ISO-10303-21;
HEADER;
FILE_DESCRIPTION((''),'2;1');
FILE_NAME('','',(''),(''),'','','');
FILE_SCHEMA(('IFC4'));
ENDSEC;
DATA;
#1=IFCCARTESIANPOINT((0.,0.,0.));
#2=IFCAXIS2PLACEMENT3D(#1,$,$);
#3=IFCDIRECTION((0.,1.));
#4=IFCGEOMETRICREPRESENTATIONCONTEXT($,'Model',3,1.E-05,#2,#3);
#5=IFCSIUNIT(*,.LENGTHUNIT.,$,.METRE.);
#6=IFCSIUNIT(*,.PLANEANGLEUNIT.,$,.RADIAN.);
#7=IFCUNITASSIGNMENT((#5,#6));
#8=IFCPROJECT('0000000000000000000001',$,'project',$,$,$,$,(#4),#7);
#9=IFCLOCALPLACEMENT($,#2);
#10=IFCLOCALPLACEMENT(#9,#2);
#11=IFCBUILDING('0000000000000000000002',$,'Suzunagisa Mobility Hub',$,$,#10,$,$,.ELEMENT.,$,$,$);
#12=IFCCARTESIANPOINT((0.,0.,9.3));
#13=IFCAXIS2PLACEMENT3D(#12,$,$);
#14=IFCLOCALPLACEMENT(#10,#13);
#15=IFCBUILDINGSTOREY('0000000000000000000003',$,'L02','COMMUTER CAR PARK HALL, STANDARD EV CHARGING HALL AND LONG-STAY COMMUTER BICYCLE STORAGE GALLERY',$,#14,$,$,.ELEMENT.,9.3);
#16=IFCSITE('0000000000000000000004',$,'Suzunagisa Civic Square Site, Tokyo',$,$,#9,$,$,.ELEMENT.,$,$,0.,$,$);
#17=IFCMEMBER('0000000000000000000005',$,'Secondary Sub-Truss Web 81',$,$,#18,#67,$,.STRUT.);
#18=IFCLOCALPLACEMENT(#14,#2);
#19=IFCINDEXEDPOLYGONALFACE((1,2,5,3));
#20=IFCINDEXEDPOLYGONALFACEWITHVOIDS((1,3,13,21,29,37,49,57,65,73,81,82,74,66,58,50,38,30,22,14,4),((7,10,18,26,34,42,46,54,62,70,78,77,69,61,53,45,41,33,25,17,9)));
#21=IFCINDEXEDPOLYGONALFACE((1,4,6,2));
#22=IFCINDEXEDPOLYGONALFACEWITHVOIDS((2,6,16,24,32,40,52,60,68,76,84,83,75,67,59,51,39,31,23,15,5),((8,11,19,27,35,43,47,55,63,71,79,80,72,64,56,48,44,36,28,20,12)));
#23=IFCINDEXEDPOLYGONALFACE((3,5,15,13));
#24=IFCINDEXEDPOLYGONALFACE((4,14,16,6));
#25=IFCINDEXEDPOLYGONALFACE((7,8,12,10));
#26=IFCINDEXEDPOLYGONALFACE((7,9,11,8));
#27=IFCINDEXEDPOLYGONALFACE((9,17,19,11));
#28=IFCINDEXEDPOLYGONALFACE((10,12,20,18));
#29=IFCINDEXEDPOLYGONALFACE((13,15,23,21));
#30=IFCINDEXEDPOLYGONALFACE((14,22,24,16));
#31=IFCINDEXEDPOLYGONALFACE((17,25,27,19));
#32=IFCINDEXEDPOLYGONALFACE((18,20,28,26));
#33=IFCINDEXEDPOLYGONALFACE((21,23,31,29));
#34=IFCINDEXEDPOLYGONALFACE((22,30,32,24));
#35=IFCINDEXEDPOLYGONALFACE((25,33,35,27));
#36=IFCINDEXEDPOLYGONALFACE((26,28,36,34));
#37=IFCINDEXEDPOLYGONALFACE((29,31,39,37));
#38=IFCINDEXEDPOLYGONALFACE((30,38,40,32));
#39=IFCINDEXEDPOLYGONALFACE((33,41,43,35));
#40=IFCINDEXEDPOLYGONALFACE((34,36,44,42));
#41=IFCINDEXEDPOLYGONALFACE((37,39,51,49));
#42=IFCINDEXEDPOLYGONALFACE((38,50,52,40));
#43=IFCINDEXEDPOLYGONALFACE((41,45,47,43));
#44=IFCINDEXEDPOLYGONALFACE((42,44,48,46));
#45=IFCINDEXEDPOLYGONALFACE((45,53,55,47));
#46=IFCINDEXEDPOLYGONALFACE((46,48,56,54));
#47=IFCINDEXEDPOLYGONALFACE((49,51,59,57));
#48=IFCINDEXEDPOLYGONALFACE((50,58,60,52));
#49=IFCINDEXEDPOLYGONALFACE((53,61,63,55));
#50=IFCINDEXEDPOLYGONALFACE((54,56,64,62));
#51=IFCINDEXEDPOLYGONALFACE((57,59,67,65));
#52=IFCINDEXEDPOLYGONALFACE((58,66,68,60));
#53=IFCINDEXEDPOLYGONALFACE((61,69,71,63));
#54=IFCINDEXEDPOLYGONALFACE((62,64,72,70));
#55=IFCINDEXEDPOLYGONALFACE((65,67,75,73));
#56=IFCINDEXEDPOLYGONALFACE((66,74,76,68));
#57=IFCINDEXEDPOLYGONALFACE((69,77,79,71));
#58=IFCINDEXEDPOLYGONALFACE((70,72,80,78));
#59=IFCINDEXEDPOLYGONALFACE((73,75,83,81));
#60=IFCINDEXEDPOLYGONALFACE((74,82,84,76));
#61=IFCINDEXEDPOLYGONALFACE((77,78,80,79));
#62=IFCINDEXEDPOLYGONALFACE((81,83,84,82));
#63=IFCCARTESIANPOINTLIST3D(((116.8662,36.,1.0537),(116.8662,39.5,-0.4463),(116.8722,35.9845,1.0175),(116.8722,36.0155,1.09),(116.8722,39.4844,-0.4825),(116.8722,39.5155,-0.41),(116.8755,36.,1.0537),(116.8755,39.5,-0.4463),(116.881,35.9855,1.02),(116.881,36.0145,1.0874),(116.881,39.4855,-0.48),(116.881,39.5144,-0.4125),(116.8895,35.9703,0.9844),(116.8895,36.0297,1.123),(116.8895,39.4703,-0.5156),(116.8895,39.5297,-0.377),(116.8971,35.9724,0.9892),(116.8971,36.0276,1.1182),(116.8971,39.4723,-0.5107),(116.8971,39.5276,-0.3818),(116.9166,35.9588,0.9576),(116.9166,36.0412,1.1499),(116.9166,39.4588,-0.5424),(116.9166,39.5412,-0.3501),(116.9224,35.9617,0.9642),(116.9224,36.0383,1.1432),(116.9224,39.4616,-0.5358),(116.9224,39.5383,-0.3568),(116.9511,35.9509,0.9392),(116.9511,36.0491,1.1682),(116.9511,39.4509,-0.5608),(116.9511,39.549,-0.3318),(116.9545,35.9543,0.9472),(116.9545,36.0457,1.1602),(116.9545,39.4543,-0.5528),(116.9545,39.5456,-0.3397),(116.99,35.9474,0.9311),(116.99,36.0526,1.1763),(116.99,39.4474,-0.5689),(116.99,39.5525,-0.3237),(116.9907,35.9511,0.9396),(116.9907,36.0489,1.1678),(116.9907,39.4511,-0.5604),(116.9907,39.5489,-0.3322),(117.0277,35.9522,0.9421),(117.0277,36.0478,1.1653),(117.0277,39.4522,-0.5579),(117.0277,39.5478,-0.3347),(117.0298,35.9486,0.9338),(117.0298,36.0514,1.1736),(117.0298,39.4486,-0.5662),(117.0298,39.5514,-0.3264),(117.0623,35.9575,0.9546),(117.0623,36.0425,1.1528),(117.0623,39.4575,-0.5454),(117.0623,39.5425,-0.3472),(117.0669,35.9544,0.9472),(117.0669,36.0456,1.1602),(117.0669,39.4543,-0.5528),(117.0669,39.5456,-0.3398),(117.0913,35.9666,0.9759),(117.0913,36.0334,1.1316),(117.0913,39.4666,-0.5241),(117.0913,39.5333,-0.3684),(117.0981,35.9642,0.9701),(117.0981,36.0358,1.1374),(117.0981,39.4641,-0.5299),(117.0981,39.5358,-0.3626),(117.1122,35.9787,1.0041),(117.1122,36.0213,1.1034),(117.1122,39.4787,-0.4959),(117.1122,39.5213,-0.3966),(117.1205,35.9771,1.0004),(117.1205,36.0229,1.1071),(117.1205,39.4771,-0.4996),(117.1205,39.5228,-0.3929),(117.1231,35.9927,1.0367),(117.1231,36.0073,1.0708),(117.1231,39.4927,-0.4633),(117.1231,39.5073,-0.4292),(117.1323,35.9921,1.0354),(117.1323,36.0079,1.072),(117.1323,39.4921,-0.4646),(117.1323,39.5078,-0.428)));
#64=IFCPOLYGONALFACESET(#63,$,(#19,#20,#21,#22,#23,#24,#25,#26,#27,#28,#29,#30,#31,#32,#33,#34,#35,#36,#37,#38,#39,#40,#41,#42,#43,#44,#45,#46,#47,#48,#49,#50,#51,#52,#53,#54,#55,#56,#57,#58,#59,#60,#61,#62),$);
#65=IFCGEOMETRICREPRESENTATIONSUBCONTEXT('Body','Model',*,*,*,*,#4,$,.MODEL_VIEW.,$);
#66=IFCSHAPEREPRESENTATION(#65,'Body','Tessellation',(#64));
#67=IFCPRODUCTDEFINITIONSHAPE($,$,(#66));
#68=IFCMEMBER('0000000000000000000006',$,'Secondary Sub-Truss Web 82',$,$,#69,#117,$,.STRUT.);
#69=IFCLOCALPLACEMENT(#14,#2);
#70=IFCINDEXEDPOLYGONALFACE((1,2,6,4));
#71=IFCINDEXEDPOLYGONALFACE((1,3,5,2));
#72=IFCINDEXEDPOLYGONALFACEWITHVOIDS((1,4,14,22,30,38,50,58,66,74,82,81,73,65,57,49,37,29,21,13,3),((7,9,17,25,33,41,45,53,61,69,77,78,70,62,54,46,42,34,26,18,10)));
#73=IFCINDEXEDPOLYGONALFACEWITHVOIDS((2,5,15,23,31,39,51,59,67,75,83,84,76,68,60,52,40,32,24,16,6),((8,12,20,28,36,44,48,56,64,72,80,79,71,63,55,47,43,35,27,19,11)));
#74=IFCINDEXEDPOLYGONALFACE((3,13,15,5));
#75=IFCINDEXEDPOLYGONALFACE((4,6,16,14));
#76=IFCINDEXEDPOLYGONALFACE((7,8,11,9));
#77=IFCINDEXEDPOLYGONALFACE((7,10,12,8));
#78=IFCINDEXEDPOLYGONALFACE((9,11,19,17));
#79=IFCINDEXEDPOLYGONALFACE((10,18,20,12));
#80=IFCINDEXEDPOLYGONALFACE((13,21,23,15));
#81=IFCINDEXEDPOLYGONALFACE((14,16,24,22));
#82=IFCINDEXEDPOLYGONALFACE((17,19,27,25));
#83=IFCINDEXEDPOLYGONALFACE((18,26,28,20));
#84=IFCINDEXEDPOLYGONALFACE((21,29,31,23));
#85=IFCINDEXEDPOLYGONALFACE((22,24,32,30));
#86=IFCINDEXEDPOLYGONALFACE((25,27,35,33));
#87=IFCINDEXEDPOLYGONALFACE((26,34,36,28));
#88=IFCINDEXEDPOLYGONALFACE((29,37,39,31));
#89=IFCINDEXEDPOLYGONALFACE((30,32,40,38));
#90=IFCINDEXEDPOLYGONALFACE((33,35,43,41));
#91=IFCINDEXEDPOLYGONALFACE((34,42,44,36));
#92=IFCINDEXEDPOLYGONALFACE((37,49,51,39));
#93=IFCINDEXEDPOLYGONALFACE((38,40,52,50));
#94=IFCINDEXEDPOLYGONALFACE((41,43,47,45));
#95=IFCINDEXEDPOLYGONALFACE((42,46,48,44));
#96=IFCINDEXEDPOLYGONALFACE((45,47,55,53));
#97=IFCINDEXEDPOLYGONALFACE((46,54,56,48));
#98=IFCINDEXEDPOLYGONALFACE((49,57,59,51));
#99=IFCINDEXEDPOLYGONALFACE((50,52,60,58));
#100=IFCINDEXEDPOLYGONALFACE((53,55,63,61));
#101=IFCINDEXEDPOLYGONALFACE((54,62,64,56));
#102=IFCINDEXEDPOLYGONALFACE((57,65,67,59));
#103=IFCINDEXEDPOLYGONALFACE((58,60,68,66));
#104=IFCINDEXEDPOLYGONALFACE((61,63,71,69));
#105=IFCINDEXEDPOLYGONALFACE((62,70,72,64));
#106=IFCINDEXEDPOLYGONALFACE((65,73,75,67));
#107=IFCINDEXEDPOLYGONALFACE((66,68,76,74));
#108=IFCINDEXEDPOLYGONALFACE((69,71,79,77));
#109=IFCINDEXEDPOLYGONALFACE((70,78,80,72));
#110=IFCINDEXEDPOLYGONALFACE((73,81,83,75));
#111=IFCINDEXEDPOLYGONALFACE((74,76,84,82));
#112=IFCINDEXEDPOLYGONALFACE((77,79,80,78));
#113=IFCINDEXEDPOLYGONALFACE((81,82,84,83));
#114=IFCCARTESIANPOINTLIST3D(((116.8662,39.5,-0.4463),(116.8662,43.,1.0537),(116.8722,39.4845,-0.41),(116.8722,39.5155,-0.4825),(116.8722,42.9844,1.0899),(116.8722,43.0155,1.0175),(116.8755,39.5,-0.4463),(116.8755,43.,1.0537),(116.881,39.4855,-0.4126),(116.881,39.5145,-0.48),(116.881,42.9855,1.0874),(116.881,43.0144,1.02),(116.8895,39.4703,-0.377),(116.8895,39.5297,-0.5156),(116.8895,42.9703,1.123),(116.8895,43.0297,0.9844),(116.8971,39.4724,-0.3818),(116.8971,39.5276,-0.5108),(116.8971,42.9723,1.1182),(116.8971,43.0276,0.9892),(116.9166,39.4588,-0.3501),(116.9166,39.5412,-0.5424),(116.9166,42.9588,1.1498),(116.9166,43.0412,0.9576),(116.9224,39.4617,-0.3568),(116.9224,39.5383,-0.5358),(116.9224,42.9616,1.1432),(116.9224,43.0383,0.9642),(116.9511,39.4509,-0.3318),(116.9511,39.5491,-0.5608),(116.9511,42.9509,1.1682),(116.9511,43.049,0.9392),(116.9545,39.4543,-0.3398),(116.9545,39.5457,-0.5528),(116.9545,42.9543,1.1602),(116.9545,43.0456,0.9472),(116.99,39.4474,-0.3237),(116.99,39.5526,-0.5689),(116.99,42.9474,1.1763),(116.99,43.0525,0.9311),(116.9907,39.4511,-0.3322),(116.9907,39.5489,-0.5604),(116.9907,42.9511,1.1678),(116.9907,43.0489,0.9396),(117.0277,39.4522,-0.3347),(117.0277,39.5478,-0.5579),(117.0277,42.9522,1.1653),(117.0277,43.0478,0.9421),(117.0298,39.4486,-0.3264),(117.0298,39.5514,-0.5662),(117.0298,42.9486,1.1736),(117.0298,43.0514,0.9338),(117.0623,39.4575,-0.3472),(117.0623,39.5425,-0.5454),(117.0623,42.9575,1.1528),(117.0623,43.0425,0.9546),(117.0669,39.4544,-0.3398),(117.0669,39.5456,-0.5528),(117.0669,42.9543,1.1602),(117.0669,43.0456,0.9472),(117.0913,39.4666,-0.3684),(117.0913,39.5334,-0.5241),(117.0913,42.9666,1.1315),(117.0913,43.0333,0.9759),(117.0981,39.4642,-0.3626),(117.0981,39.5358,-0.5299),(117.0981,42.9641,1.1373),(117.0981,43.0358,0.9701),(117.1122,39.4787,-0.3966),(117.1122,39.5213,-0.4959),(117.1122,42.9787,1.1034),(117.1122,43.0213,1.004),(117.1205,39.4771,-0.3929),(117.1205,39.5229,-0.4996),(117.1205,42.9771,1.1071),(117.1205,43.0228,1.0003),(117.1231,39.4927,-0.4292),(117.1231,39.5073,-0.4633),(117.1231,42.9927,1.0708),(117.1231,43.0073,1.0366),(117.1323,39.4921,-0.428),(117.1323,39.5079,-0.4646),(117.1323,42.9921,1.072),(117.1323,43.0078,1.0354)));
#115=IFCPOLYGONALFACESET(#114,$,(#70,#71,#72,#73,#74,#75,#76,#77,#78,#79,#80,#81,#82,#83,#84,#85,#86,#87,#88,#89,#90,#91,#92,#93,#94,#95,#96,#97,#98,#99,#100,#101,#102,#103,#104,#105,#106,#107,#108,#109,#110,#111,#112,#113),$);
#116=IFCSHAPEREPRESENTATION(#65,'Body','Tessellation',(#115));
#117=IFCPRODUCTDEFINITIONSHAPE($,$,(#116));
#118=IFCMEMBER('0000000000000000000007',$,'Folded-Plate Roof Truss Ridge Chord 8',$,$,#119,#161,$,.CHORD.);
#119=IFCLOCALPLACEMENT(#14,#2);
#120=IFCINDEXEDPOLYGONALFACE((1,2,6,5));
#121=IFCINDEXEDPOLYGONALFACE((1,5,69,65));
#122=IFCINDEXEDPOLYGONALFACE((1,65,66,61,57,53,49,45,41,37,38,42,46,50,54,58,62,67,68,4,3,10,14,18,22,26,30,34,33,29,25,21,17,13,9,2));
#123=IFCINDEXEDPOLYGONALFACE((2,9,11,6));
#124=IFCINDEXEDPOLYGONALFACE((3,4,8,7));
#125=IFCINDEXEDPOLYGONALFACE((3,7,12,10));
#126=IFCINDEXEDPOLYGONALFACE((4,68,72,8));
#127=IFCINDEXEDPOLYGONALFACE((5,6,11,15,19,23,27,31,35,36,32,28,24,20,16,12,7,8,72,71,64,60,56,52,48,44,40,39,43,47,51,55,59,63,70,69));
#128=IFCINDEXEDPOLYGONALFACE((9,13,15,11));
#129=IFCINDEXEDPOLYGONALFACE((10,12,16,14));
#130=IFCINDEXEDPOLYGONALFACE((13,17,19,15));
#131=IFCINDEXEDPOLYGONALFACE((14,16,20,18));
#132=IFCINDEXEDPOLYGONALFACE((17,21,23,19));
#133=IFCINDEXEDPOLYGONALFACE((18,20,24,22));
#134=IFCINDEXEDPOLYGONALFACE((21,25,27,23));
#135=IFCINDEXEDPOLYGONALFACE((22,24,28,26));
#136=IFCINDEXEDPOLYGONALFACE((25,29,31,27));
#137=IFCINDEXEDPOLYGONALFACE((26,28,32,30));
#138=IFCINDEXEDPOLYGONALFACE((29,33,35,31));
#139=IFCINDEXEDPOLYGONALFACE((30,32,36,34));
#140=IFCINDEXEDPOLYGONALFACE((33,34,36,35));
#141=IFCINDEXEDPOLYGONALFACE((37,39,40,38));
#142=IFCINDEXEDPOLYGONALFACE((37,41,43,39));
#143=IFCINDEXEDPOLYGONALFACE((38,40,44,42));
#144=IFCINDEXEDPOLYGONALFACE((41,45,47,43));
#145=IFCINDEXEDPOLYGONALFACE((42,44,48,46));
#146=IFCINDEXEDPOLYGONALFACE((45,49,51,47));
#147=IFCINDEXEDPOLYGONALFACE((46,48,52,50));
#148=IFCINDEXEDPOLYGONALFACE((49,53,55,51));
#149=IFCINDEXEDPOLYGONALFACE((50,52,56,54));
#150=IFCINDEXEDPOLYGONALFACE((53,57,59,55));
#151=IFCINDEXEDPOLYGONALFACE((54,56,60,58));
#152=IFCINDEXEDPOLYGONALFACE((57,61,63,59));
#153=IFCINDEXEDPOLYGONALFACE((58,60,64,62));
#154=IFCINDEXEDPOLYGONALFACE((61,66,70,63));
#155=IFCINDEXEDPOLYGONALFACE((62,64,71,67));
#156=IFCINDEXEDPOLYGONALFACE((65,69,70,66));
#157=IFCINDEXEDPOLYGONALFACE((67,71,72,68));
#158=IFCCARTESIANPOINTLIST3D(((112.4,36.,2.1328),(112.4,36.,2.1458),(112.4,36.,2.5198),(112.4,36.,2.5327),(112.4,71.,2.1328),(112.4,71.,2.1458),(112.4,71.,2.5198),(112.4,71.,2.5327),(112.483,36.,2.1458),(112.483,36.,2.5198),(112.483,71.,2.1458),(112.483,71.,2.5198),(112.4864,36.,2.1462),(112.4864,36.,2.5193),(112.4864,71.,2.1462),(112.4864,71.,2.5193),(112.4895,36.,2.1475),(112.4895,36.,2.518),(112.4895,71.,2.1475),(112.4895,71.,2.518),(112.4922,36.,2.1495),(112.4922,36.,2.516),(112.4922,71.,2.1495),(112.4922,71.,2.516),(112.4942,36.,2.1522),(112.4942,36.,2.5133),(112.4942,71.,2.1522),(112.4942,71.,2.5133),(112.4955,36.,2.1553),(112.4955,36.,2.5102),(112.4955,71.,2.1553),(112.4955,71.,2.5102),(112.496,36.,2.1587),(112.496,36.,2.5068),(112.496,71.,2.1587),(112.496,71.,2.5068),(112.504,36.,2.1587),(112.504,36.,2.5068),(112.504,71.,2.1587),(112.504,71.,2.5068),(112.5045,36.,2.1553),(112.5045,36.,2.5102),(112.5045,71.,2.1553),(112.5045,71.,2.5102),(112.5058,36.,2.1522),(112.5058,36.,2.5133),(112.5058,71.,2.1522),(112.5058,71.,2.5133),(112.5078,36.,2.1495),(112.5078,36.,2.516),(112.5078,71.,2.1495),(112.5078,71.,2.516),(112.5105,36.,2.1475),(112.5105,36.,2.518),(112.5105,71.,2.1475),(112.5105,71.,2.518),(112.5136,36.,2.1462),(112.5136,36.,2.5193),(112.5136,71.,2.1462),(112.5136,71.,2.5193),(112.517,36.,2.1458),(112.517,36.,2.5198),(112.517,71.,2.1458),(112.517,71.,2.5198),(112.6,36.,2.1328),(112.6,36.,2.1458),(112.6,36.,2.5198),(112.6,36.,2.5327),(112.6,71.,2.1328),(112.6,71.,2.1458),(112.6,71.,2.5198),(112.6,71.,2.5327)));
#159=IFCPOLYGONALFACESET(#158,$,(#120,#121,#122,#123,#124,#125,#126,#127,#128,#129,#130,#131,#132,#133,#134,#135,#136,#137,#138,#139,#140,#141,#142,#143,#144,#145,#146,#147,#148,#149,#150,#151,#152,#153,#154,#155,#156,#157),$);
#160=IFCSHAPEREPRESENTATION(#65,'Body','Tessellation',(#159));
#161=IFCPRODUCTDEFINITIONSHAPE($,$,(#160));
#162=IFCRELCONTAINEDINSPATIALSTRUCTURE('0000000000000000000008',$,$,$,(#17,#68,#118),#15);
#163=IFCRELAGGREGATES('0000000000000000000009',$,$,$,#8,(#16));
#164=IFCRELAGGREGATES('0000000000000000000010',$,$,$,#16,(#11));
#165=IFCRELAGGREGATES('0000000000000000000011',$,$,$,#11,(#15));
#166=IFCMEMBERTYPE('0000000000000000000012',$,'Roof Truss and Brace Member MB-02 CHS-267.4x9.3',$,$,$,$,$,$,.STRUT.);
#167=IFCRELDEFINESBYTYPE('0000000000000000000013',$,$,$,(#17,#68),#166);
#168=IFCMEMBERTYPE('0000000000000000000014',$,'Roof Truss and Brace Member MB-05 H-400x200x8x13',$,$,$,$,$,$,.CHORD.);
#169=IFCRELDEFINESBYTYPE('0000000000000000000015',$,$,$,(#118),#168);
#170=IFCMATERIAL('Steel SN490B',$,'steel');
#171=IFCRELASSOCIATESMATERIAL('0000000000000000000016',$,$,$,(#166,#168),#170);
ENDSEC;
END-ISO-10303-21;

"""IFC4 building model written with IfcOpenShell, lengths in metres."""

from ifc_helpers import new_model, si_unit, direction, frame, origin, origin_2d, place, context, subcontext, project, spatial, hollow_circle, i_section, extrude, material, material_profile, profile_set, type_object, element, save


model = new_model("IFC4")

# Units and contexts
model_context = context("Model", 3, precision=1e-05, world=origin(), true_north=direction((0.0, 1.0)))
body_context = subcontext(model_context, "Body", "Model", "MODEL_VIEW")
ifc_project = project(units=[si_unit("LENGTHUNIT", "METRE"), si_unit("PLANEANGLEUNIT", "RADIAN")], contexts=[model_context])

# Site, building, storey
site_placement = place(None, origin())
site = spatial("IfcSite", under=ifc_project, at=site_placement, Name="Suzunagisa Civic Square Site, Tokyo", CompositionType="ELEMENT", RefElevation=0.0)
building_placement = place(site_placement, origin())
building = spatial("IfcBuilding", under=site, at=building_placement, Name="Suzunagisa Mobility Hub", CompositionType="ELEMENT")
storey_placement = place(building_placement, frame((0.0, 0.0, 9.3)))
storey = spatial("IfcBuildingStorey", under=building, at=storey_placement, Name="L02", Description="COMMUTER CAR PARK HALL, STANDARD EV CHARGING HALL AND LONG-STAY COMMUTER BICYCLE STORAGE GALLERY", CompositionType="ELEMENT", Elevation=9.3)

# Shared definitions
ifc_material_1 = material(Name="Steel SN490B", Category="steel")

# Members
ifc_material_profile_1 = material_profile(ifc_material_1, hollow_circle(Radius=0.1338, WallThickness=0.0093, at=origin_2d()), Name="CHS-267.4x9.3")
ifc_profile_set_1 = profile_set([ifc_material_profile_1], Name="Steel SN490B")
member_type_1 = type_object("IfcMemberType", Name="Roof Truss and Brace Member MB-02 CHS-267.4x9.3", PredefinedType="STRUT", material=ifc_profile_set_1)
for number, where, z_axis, x_axis, name in (
    (1, (117.0, 36.0, 1.0537), (0.0, 0.919145, -0.393919), (-1.0, 0.0, 0.0), "Secondary Sub-Truss Web 81"),
    (2, (117.0, 39.5, -0.4463), (0.0, 0.919145, 0.393919), (-1.0, 0.0, 0.0), "Secondary Sub-Truss Web 82"),
):
    element("IfcMember", number, at=place(storey_placement, frame(where, z_axis=z_axis, x_axis=x_axis)), inside=storey, type_object=member_type_1, Name=name, PredefinedType="STRUT", context=body_context, shape_type="SweptSolid", body=[
        extrude(hollow_circle(Radius=0.1338, WallThickness=0.0093, at=origin_2d()), origin(), (0.0, 0.0, 1.0), 3.8079),
    ])
ifc_material_profile_2 = material_profile(ifc_material_1, i_section(OverallWidth=0.2, OverallDepth=0.3999, WebThickness=0.0081, FlangeThickness=0.0129, FilletRadius=0.0129, at=origin_2d()), Name="H-400x200x8x13")
ifc_profile_set_2 = profile_set([ifc_material_profile_2], Name="Steel SN490B")
member_type_2 = type_object("IfcMemberType", Name="Roof Truss and Brace Member MB-05 H-400x200x8x13", PredefinedType="CHORD", material=ifc_profile_set_2)
member_placement = place(storey_placement, frame((112.5, 36.0, 2.3328), z_axis=(0.0, 1.0, 0.0), x_axis=(-1.0, 0.0, 0.0)))
element("IfcMember", 3, at=member_placement, inside=storey, type_object=member_type_2, Name="Folded-Plate Roof Truss Ridge Chord 8", PredefinedType="CHORD", context=body_context, shape_type="SweptSolid", body=[
    extrude(i_section(OverallWidth=0.2, OverallDepth=0.3999, WebThickness=0.0081, FlangeThickness=0.0129, FilletRadius=0.0129, at=origin_2d()), origin(), (0.0, 0.0, 1.0), 35.0),
])

save(model, "model.ifc")
